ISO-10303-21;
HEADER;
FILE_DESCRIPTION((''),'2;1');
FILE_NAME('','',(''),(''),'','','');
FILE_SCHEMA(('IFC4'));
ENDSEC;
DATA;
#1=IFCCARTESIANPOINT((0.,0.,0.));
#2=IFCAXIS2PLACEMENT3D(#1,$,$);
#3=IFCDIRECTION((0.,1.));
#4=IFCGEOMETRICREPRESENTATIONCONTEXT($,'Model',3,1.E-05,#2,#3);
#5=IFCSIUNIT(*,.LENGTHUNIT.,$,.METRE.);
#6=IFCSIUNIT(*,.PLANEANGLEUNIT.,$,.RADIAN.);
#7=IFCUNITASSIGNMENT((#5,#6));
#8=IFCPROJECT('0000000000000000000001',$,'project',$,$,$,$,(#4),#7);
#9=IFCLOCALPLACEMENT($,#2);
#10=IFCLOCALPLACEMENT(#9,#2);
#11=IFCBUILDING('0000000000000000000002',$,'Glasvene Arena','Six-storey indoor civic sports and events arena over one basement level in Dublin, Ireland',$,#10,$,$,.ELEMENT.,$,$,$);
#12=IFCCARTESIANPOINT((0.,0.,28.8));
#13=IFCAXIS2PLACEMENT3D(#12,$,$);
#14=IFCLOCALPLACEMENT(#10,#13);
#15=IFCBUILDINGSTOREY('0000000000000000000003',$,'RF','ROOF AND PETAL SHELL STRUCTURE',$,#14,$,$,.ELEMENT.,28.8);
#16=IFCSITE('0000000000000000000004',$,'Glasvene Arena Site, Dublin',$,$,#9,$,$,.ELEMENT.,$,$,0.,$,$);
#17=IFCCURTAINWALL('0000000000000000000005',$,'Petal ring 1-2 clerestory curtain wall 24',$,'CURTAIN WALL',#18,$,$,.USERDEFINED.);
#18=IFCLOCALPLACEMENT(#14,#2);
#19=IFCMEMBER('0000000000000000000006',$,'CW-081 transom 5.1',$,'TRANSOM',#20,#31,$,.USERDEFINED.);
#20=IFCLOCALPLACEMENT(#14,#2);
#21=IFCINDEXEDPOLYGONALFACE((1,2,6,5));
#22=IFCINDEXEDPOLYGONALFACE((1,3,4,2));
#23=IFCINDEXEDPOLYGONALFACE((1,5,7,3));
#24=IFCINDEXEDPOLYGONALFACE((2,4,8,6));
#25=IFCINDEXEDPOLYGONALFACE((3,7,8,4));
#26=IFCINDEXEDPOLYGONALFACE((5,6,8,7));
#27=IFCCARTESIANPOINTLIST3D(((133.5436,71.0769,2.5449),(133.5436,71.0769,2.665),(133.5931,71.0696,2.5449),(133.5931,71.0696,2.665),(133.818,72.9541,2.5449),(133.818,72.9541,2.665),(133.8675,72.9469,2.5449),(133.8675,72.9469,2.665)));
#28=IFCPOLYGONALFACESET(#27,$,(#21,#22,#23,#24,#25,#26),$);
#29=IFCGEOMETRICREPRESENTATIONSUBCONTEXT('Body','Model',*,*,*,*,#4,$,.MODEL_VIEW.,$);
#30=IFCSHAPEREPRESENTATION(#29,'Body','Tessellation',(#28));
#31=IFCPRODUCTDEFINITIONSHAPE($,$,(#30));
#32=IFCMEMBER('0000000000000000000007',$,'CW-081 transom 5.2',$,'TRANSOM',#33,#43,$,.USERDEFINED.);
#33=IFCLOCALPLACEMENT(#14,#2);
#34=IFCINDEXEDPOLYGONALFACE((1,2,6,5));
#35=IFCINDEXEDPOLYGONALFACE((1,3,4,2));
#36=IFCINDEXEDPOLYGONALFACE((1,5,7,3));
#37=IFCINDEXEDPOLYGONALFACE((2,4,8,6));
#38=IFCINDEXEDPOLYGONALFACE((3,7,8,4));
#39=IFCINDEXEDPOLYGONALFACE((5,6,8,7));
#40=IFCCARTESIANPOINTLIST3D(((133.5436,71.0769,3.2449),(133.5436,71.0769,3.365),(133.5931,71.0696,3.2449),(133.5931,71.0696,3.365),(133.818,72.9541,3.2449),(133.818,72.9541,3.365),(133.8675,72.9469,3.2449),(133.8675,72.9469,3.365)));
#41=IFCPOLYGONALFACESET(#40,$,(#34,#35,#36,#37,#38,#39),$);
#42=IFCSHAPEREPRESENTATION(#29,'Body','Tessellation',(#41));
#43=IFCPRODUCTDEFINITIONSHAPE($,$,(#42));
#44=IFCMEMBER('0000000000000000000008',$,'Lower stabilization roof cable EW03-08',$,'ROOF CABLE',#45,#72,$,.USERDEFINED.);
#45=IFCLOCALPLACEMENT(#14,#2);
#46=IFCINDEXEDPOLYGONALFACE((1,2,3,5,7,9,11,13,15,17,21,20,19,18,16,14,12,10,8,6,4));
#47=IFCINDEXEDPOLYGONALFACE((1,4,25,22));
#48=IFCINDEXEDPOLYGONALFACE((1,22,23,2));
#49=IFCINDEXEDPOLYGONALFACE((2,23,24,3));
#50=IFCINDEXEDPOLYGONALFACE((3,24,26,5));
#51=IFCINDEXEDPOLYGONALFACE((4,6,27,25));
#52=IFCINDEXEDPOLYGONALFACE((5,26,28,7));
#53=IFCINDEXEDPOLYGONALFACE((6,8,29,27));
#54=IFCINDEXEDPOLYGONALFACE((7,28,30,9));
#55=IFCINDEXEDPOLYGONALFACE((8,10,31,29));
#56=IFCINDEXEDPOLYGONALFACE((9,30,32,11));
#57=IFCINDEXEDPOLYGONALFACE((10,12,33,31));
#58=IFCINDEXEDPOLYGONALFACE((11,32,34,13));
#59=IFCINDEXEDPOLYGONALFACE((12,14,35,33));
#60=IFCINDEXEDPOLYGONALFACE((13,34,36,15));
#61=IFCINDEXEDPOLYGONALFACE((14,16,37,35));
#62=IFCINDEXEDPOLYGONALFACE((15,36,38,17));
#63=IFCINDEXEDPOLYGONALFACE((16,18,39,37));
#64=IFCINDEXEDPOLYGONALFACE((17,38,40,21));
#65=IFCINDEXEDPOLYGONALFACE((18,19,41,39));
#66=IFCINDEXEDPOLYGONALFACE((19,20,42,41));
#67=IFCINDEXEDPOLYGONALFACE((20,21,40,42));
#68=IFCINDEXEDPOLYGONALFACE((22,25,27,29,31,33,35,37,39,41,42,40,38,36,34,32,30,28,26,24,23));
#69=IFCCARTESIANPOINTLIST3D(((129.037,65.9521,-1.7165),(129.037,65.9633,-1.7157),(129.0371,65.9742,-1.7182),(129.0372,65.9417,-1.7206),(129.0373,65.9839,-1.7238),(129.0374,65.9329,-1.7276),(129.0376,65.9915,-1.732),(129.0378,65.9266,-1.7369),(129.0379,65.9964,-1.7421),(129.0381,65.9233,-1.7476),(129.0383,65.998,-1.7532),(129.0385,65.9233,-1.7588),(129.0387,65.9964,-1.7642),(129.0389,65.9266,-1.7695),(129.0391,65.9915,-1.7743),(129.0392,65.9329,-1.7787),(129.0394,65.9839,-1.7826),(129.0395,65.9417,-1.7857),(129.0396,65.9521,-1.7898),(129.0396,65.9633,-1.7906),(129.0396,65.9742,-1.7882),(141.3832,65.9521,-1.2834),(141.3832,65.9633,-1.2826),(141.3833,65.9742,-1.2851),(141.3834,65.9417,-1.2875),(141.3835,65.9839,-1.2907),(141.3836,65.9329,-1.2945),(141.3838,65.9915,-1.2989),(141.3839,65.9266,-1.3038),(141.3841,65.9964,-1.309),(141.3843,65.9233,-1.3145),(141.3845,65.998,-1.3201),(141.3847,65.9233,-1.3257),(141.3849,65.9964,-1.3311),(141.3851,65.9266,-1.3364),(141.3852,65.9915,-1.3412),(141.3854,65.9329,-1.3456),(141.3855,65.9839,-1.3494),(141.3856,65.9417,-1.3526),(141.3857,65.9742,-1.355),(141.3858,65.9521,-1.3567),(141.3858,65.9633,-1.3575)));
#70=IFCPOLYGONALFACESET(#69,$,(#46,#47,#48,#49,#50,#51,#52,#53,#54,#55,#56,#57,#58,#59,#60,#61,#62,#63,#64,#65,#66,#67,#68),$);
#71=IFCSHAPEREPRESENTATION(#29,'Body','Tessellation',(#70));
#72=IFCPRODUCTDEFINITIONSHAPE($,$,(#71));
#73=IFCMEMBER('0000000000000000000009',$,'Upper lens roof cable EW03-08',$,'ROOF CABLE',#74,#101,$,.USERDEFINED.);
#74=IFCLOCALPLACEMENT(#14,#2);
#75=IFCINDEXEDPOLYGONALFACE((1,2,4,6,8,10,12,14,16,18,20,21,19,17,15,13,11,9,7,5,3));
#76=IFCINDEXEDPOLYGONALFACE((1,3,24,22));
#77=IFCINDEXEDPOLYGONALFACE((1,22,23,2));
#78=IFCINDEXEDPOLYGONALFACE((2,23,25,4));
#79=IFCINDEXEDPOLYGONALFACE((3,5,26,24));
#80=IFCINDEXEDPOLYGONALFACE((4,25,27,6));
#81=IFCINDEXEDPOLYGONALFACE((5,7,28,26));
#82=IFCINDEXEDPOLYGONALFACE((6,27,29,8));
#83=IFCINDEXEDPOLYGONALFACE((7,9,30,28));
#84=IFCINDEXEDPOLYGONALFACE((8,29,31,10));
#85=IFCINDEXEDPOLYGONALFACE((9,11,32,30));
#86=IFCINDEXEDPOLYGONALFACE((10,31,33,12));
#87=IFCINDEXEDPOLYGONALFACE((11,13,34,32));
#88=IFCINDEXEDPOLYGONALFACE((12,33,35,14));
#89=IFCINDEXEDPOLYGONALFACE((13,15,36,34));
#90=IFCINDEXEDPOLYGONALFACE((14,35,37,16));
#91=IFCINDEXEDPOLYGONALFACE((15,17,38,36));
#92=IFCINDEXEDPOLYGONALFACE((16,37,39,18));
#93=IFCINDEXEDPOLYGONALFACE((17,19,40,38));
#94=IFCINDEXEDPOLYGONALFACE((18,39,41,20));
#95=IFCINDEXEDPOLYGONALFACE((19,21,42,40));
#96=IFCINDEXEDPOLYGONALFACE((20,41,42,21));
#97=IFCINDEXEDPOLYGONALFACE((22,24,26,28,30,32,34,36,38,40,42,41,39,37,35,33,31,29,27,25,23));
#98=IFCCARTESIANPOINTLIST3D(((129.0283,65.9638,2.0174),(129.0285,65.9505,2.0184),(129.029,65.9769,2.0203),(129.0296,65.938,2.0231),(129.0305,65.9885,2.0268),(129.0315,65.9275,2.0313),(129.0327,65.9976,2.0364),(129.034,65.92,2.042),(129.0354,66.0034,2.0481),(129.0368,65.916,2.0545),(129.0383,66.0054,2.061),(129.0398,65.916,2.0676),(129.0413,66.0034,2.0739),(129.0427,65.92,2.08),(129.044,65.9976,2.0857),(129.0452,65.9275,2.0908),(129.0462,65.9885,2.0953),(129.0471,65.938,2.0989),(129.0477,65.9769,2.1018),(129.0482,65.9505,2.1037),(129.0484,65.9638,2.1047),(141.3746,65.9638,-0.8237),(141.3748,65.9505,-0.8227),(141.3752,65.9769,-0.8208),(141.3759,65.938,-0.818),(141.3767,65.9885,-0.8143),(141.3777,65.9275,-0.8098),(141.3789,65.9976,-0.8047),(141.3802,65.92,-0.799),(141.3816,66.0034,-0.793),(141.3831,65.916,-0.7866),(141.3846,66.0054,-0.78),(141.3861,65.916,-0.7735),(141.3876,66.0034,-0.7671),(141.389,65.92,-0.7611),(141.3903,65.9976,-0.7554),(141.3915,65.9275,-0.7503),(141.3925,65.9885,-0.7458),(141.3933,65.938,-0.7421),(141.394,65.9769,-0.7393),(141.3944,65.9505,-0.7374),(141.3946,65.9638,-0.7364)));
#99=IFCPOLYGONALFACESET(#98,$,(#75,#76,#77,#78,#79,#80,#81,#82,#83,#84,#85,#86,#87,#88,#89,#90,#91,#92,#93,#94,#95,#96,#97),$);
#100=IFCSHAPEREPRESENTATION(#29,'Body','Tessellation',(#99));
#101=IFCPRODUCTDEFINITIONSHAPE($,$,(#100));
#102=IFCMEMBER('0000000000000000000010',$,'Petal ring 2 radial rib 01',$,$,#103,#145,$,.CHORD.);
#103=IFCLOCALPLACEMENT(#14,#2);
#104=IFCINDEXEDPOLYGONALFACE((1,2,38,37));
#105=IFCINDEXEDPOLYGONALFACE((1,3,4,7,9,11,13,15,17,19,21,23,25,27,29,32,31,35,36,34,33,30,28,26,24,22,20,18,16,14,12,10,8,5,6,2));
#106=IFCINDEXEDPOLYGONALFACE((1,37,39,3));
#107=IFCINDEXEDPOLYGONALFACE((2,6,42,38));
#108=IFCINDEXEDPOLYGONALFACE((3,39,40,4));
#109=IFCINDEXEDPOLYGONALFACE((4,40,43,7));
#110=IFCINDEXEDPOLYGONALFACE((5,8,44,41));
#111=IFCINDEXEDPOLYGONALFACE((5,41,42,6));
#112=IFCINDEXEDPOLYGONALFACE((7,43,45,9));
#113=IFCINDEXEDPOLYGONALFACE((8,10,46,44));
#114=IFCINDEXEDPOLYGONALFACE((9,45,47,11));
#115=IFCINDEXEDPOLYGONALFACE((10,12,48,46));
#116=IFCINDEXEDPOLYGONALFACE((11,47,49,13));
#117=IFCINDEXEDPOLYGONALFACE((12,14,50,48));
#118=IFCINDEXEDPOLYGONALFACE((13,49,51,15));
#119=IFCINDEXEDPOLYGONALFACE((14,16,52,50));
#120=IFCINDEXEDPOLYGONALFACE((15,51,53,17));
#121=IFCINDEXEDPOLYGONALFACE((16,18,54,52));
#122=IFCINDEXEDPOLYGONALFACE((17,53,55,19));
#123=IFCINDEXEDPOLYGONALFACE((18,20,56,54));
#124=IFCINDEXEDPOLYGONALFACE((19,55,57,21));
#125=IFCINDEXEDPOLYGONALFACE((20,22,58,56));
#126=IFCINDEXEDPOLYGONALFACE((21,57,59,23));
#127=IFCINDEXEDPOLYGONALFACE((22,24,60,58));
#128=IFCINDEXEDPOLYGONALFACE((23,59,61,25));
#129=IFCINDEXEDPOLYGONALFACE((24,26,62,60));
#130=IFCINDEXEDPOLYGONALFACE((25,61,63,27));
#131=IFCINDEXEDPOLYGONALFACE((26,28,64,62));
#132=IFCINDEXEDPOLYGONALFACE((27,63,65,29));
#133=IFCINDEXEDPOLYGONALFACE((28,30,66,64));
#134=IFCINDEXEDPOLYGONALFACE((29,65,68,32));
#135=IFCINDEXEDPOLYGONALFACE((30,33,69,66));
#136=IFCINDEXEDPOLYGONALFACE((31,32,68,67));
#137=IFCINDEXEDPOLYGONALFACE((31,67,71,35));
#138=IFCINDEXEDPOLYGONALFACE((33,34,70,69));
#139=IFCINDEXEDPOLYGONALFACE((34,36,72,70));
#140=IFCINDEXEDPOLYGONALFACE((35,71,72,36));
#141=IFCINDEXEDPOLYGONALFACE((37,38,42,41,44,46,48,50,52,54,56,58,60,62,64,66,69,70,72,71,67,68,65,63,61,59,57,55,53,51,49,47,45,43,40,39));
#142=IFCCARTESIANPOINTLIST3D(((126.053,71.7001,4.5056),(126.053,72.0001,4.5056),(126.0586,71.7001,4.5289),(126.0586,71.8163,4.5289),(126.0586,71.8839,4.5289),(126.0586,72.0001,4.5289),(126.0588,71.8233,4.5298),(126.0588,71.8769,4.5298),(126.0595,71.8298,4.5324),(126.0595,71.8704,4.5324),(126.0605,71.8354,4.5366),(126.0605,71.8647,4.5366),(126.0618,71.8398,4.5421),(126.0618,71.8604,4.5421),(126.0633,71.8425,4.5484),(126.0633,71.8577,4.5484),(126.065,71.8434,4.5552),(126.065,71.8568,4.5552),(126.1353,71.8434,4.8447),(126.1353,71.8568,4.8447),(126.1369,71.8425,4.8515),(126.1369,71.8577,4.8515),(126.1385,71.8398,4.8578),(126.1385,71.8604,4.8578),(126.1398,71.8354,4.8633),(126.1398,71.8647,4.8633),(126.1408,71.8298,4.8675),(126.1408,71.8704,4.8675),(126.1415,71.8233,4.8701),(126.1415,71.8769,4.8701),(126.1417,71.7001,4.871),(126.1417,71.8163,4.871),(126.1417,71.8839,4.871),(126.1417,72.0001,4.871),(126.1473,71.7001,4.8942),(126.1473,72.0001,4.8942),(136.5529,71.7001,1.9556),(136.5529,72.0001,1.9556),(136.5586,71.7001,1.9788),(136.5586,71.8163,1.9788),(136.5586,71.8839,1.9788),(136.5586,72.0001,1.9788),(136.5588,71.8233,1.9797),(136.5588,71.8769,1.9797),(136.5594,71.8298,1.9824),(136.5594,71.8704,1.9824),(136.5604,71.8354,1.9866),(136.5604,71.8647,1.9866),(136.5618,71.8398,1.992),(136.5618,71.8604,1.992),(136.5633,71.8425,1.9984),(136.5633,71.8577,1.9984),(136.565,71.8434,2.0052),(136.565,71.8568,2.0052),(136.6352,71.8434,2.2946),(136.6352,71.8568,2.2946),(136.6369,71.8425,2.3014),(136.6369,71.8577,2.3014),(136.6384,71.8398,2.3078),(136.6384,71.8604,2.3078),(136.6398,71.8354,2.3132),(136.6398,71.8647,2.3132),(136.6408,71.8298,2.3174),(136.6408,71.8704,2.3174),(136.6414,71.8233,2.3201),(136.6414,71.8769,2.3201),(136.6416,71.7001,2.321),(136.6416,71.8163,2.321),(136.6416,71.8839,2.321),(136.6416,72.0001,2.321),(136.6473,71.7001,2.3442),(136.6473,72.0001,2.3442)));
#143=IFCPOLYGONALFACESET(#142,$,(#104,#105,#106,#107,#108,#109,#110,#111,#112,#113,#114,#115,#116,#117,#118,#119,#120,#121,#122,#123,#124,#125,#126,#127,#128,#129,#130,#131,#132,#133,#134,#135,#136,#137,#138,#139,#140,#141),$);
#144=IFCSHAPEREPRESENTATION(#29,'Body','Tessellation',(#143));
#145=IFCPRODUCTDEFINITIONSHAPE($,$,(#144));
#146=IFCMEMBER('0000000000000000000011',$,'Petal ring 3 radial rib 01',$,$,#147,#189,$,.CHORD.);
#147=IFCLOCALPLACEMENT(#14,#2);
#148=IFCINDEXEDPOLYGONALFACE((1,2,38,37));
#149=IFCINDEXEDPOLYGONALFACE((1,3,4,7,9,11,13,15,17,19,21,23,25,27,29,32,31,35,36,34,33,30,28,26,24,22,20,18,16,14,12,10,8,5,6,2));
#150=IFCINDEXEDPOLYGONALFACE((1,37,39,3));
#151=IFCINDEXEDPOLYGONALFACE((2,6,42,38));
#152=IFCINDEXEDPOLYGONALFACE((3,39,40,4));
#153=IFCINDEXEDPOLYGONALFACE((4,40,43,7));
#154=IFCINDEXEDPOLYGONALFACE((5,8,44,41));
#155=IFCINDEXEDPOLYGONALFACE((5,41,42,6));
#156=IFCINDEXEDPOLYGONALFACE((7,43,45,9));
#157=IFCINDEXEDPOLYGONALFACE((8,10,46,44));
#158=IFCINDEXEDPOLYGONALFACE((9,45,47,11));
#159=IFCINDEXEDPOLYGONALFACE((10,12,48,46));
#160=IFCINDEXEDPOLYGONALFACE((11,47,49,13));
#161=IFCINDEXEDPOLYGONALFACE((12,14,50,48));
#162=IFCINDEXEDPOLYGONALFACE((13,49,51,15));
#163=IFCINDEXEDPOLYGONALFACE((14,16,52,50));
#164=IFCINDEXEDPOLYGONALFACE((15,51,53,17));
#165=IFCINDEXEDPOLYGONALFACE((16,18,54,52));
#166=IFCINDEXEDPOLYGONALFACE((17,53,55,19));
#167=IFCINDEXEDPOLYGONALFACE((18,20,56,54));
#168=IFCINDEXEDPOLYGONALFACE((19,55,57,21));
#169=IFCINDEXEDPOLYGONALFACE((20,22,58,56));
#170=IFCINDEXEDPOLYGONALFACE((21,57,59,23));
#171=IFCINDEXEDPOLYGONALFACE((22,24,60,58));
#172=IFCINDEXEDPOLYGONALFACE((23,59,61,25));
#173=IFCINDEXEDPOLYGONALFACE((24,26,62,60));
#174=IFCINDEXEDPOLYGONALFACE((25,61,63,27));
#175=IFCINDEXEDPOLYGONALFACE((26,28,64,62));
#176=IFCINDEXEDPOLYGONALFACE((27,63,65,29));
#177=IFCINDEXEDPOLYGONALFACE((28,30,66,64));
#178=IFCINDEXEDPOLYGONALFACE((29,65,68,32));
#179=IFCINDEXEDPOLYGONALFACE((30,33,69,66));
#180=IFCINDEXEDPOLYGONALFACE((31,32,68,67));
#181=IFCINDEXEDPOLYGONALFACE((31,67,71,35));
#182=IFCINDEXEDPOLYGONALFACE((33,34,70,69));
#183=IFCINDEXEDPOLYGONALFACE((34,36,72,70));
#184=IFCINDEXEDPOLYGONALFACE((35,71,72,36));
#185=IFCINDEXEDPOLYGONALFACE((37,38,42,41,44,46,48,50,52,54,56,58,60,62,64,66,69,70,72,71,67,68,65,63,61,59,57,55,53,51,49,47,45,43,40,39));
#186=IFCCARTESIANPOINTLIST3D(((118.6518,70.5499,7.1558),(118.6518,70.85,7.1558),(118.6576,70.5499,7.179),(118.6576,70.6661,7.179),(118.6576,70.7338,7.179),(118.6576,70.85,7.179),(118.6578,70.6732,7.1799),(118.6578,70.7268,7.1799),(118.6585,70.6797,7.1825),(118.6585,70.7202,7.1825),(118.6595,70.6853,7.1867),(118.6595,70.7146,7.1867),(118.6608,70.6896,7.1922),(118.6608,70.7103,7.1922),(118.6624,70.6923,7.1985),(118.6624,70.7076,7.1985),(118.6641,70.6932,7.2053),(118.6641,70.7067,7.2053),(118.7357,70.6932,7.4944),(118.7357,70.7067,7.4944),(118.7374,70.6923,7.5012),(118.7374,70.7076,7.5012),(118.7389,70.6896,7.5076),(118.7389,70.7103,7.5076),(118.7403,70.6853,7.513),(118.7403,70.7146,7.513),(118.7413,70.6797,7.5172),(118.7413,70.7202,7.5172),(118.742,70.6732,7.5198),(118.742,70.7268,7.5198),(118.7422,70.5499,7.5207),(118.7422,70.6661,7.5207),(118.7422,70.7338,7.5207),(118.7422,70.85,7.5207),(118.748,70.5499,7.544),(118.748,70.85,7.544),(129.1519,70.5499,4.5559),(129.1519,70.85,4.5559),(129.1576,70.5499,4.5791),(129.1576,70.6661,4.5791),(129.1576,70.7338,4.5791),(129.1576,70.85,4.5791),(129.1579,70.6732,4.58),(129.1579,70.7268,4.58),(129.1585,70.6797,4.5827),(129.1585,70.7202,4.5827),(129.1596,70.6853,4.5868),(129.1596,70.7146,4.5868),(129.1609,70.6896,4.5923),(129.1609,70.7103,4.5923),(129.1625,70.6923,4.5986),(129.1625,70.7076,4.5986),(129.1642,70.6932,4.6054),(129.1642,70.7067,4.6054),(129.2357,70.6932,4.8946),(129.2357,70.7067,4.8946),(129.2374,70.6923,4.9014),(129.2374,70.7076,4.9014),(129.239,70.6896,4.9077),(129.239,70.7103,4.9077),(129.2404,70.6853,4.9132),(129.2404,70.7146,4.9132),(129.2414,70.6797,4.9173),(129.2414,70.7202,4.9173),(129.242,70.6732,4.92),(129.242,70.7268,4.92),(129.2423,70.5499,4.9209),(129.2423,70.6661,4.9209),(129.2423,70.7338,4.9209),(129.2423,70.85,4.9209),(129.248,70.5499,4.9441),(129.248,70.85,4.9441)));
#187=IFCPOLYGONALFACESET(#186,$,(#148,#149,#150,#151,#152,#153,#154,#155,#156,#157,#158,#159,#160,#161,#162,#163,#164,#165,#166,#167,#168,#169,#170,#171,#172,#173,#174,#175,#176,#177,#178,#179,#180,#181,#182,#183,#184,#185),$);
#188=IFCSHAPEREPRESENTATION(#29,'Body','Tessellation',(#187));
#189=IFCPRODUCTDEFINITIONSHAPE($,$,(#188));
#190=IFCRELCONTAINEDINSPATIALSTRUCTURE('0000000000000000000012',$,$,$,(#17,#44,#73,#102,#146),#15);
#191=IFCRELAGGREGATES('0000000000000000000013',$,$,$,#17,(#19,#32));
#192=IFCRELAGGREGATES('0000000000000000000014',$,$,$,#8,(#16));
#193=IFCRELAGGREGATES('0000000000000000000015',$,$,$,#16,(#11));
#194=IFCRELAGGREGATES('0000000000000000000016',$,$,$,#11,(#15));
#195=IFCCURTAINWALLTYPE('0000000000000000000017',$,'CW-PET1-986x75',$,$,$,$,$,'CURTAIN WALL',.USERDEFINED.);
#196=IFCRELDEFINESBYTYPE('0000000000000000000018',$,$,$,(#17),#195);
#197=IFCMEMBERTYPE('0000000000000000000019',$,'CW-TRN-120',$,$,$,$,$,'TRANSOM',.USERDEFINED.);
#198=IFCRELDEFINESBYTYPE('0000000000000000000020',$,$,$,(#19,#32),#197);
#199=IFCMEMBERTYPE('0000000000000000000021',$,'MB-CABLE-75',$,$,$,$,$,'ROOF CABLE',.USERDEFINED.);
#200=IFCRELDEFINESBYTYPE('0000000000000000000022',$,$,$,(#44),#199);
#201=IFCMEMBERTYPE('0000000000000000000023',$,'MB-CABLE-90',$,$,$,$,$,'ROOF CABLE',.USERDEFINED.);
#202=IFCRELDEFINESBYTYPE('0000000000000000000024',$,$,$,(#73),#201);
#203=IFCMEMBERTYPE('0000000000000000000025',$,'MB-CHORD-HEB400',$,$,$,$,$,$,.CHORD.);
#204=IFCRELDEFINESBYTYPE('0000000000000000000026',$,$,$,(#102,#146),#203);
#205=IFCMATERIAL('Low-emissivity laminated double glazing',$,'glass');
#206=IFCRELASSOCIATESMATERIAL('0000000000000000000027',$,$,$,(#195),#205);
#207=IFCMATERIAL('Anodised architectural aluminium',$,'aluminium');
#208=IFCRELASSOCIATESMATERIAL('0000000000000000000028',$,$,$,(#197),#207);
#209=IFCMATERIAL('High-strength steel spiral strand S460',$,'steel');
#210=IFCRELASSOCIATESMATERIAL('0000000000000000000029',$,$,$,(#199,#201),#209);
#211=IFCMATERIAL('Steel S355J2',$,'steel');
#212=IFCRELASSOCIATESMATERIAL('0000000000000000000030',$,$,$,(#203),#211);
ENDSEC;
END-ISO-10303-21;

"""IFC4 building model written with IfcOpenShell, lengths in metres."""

from ifc_helpers import new_model, si_unit, direction, frame, origin, origin_2d, place, context, subcontext, project, spatial, rectangle, circle, i_section, extrude, material, material_profile, profile_set, type_object, element, aggregate, save


model = new_model("IFC4")

# Units and contexts
model_context = context("Model", 3, precision=1e-05, world=origin(), true_north=direction((0.0, 1.0)))
body_context = subcontext(model_context, "Body", "Model", "MODEL_VIEW")
ifc_project = project(units=[si_unit("LENGTHUNIT", "METRE"), si_unit("PLANEANGLEUNIT", "RADIAN")], contexts=[model_context])

# Site, building, storey
site_placement = place(None, origin())
site = spatial("IfcSite", under=ifc_project, at=site_placement, Name="Glasvene Arena Site, Dublin", CompositionType="ELEMENT", RefElevation=0.0)
building_placement = place(site_placement, origin())
building = spatial("IfcBuilding", under=site, at=building_placement, Name="Glasvene Arena", Description="Six-storey indoor civic sports and events arena over one basement level in Dublin, Ireland", CompositionType="ELEMENT")
storey_placement = place(building_placement, frame((0.0, 0.0, 28.8)))
storey = spatial("IfcBuildingStorey", under=building, at=storey_placement, Name="RF", Description="ROOF AND PETAL SHELL STRUCTURE", CompositionType="ELEMENT", Elevation=28.8)

# Shared definitions
ifc_material_1 = material(Name="Low-emissivity laminated double glazing", Category="glass")
ifc_material_2 = material(Name="Anodised architectural aluminium", Category="aluminium")

# Curtain wall, members
curtain_wall_type_1 = type_object("IfcCurtainWallType", Name="CW-PET1-986x75", ElementType="CURTAIN WALL", PredefinedType="USERDEFINED", material=ifc_material_1)
curtain_wall_1_placement = place(storey_placement, frame((132.4241, 63.2424, 0.0)))
curtain_wall_1 = element("IfcCurtainWall", 1, at=curtain_wall_1_placement, inside=storey, type_object=curtain_wall_type_1, Name="Petal ring 1-2 clerestory curtain wall 24", ObjectType="CURTAIN WALL", PredefinedType="USERDEFINED")
ifc_material_profile_1 = material_profile(ifc_material_2, rectangle(XDim=0.05, YDim=0.1201, at=origin_2d()), Name="ALU TRANSOM 50x120")
ifc_profile_set_1 = profile_set([ifc_material_profile_1], Name="Anodised architectural aluminium")
member_type_1 = type_object("IfcMemberType", Name="CW-TRN-120", ElementType="TRANSOM", PredefinedType="USERDEFINED", material=ifc_profile_set_1)
member_1_placement = place(storey_placement, frame((133.5684, 71.0732, 2.605), z_axis=(0.144646, 0.989484, 0.0), x_axis=(-0.989484, 0.144646, 0.0)))
member_1 = element("IfcMember", 2, at=member_1_placement, type_object=member_type_1, Name="CW-081 transom 5.1", ObjectType="TRANSOM", PredefinedType="USERDEFINED", context=body_context, shape_type="SweptSolid", body=[
    extrude(rectangle(XDim=0.05, YDim=0.1201, at=origin_2d()), origin(), (0.0, 0.0, 1.0), 1.8972),
])
member_2_placement = place(storey_placement, frame((133.5684, 71.0732, 3.3049), z_axis=(0.144646, 0.989484, 0.0), x_axis=(-0.989484, 0.144646, 0.0)))
member_2 = element("IfcMember", 3, at=member_2_placement, type_object=member_type_1, Name="CW-081 transom 5.2", ObjectType="TRANSOM", PredefinedType="USERDEFINED", context=body_context, shape_type="SweptSolid", body=[
    extrude(rectangle(XDim=0.05, YDim=0.1201, at=origin_2d()), origin(), (0.0, 0.0, 1.0), 1.8972),
])

# Members
ifc_material_3 = material(Name="High-strength steel spiral strand S460", Category="steel")
ifc_material_profile_2 = material_profile(ifc_material_3, circle(Radius=0.0376, at=origin_2d()), Name="LCSS D75")
ifc_profile_set_2 = profile_set([ifc_material_profile_2], Name="High-strength steel spiral strand S460")
member_type_2 = type_object("IfcMemberType", Name="MB-CABLE-75", ElementType="ROOF CABLE", PredefinedType="USERDEFINED", material=ifc_profile_set_2)
member_3_placement = place(storey_placement, frame((129.0383, 65.9604, -1.7532), z_axis=(0.999385, 0.0, 0.035059), x_axis=(0.0, 1.0, 0.0)))
element("IfcMember", 4, at=member_3_placement, inside=storey, type_object=member_type_2, Name="Lower stabilization roof cable EW03-08", ObjectType="ROOF CABLE", PredefinedType="USERDEFINED", context=body_context, shape_type="SweptSolid", body=[
    extrude(circle(Radius=0.0376, at=origin_2d()), origin(), (0.0, 0.0, 1.0), 12.3538),
])
ifc_material_profile_3 = material_profile(ifc_material_3, circle(Radius=0.0449, at=origin_2d()), Name="LCSS D90")
ifc_profile_set_3 = profile_set([ifc_material_profile_3], Name="High-strength steel spiral strand S460")
member_type_3 = type_object("IfcMemberType", Name="MB-CABLE-90", ElementType="ROOF CABLE", PredefinedType="USERDEFINED", material=ifc_profile_set_3)
member_4_placement = place(storey_placement, frame((129.0383, 65.9604, 2.061), z_axis=(0.97453, 0.0, -0.224256), x_axis=(0.0, 1.0, 0.0)))
element("IfcMember", 5, at=member_4_placement, inside=storey, type_object=member_type_3, Name="Upper lens roof cable EW03-08", ObjectType="ROOF CABLE", PredefinedType="USERDEFINED", context=body_context, shape_type="SweptSolid", body=[
    extrude(circle(Radius=0.0449, at=origin_2d()), origin(), (0.0, 0.0, 1.0), 12.6689),
])
ifc_material_4 = material(Name="Steel S355J2", Category="steel")
ifc_material_profile_4 = material_profile(ifc_material_4, i_section(OverallWidth=0.3, OverallDepth=0.3999, WebThickness=0.0134, FlangeThickness=0.0239, FilletRadius=0.0271, at=origin_2d()), Name="HEB 400")
ifc_profile_set_4 = profile_set([ifc_material_profile_4], Name="Steel S355J2")
member_type_4 = type_object("IfcMemberType", Name="MB-CHORD-HEB400", PredefinedType="CHORD", material=ifc_profile_set_4)
member_5_placement = place(storey_placement, frame((136.6001, 71.8501, 2.1499), z_axis=(-0.971753, 0.0, 0.236002), x_axis=(0.0, -1.0, 0.0)))
element("IfcMember", 6, at=member_5_placement, inside=storey, type_object=member_type_4, Name="Petal ring 2 radial rib 01", PredefinedType="CHORD", context=body_context, shape_type="SweptSolid", body=[
    extrude(i_section(OverallWidth=0.3, OverallDepth=0.3999, WebThickness=0.0134, FlangeThickness=0.0239, FilletRadius=0.0271, at=origin_2d()), origin(), (0.0, 0.0, 1.0), 10.8052),
])
member_6_placement = place(storey_placement, frame((129.2, 70.7, 4.75), z_axis=(-0.970687, 0.0, 0.240347), x_axis=(0.0, -1.0, 0.0)))
element("IfcMember", 7, at=member_6_placement, inside=storey, type_object=member_type_4, Name="Petal ring 3 radial rib 01", PredefinedType="CHORD", context=body_context, shape_type="SweptSolid", body=[
    extrude(i_section(OverallWidth=0.3, OverallDepth=0.3999, WebThickness=0.0134, FlangeThickness=0.0239, FilletRadius=0.0271, at=origin_2d()), origin(), (0.0, 0.0, 1.0), 10.8171),
])

aggregate(curtain_wall_1, [member_1, member_2])

save(model, "model.ifc")
